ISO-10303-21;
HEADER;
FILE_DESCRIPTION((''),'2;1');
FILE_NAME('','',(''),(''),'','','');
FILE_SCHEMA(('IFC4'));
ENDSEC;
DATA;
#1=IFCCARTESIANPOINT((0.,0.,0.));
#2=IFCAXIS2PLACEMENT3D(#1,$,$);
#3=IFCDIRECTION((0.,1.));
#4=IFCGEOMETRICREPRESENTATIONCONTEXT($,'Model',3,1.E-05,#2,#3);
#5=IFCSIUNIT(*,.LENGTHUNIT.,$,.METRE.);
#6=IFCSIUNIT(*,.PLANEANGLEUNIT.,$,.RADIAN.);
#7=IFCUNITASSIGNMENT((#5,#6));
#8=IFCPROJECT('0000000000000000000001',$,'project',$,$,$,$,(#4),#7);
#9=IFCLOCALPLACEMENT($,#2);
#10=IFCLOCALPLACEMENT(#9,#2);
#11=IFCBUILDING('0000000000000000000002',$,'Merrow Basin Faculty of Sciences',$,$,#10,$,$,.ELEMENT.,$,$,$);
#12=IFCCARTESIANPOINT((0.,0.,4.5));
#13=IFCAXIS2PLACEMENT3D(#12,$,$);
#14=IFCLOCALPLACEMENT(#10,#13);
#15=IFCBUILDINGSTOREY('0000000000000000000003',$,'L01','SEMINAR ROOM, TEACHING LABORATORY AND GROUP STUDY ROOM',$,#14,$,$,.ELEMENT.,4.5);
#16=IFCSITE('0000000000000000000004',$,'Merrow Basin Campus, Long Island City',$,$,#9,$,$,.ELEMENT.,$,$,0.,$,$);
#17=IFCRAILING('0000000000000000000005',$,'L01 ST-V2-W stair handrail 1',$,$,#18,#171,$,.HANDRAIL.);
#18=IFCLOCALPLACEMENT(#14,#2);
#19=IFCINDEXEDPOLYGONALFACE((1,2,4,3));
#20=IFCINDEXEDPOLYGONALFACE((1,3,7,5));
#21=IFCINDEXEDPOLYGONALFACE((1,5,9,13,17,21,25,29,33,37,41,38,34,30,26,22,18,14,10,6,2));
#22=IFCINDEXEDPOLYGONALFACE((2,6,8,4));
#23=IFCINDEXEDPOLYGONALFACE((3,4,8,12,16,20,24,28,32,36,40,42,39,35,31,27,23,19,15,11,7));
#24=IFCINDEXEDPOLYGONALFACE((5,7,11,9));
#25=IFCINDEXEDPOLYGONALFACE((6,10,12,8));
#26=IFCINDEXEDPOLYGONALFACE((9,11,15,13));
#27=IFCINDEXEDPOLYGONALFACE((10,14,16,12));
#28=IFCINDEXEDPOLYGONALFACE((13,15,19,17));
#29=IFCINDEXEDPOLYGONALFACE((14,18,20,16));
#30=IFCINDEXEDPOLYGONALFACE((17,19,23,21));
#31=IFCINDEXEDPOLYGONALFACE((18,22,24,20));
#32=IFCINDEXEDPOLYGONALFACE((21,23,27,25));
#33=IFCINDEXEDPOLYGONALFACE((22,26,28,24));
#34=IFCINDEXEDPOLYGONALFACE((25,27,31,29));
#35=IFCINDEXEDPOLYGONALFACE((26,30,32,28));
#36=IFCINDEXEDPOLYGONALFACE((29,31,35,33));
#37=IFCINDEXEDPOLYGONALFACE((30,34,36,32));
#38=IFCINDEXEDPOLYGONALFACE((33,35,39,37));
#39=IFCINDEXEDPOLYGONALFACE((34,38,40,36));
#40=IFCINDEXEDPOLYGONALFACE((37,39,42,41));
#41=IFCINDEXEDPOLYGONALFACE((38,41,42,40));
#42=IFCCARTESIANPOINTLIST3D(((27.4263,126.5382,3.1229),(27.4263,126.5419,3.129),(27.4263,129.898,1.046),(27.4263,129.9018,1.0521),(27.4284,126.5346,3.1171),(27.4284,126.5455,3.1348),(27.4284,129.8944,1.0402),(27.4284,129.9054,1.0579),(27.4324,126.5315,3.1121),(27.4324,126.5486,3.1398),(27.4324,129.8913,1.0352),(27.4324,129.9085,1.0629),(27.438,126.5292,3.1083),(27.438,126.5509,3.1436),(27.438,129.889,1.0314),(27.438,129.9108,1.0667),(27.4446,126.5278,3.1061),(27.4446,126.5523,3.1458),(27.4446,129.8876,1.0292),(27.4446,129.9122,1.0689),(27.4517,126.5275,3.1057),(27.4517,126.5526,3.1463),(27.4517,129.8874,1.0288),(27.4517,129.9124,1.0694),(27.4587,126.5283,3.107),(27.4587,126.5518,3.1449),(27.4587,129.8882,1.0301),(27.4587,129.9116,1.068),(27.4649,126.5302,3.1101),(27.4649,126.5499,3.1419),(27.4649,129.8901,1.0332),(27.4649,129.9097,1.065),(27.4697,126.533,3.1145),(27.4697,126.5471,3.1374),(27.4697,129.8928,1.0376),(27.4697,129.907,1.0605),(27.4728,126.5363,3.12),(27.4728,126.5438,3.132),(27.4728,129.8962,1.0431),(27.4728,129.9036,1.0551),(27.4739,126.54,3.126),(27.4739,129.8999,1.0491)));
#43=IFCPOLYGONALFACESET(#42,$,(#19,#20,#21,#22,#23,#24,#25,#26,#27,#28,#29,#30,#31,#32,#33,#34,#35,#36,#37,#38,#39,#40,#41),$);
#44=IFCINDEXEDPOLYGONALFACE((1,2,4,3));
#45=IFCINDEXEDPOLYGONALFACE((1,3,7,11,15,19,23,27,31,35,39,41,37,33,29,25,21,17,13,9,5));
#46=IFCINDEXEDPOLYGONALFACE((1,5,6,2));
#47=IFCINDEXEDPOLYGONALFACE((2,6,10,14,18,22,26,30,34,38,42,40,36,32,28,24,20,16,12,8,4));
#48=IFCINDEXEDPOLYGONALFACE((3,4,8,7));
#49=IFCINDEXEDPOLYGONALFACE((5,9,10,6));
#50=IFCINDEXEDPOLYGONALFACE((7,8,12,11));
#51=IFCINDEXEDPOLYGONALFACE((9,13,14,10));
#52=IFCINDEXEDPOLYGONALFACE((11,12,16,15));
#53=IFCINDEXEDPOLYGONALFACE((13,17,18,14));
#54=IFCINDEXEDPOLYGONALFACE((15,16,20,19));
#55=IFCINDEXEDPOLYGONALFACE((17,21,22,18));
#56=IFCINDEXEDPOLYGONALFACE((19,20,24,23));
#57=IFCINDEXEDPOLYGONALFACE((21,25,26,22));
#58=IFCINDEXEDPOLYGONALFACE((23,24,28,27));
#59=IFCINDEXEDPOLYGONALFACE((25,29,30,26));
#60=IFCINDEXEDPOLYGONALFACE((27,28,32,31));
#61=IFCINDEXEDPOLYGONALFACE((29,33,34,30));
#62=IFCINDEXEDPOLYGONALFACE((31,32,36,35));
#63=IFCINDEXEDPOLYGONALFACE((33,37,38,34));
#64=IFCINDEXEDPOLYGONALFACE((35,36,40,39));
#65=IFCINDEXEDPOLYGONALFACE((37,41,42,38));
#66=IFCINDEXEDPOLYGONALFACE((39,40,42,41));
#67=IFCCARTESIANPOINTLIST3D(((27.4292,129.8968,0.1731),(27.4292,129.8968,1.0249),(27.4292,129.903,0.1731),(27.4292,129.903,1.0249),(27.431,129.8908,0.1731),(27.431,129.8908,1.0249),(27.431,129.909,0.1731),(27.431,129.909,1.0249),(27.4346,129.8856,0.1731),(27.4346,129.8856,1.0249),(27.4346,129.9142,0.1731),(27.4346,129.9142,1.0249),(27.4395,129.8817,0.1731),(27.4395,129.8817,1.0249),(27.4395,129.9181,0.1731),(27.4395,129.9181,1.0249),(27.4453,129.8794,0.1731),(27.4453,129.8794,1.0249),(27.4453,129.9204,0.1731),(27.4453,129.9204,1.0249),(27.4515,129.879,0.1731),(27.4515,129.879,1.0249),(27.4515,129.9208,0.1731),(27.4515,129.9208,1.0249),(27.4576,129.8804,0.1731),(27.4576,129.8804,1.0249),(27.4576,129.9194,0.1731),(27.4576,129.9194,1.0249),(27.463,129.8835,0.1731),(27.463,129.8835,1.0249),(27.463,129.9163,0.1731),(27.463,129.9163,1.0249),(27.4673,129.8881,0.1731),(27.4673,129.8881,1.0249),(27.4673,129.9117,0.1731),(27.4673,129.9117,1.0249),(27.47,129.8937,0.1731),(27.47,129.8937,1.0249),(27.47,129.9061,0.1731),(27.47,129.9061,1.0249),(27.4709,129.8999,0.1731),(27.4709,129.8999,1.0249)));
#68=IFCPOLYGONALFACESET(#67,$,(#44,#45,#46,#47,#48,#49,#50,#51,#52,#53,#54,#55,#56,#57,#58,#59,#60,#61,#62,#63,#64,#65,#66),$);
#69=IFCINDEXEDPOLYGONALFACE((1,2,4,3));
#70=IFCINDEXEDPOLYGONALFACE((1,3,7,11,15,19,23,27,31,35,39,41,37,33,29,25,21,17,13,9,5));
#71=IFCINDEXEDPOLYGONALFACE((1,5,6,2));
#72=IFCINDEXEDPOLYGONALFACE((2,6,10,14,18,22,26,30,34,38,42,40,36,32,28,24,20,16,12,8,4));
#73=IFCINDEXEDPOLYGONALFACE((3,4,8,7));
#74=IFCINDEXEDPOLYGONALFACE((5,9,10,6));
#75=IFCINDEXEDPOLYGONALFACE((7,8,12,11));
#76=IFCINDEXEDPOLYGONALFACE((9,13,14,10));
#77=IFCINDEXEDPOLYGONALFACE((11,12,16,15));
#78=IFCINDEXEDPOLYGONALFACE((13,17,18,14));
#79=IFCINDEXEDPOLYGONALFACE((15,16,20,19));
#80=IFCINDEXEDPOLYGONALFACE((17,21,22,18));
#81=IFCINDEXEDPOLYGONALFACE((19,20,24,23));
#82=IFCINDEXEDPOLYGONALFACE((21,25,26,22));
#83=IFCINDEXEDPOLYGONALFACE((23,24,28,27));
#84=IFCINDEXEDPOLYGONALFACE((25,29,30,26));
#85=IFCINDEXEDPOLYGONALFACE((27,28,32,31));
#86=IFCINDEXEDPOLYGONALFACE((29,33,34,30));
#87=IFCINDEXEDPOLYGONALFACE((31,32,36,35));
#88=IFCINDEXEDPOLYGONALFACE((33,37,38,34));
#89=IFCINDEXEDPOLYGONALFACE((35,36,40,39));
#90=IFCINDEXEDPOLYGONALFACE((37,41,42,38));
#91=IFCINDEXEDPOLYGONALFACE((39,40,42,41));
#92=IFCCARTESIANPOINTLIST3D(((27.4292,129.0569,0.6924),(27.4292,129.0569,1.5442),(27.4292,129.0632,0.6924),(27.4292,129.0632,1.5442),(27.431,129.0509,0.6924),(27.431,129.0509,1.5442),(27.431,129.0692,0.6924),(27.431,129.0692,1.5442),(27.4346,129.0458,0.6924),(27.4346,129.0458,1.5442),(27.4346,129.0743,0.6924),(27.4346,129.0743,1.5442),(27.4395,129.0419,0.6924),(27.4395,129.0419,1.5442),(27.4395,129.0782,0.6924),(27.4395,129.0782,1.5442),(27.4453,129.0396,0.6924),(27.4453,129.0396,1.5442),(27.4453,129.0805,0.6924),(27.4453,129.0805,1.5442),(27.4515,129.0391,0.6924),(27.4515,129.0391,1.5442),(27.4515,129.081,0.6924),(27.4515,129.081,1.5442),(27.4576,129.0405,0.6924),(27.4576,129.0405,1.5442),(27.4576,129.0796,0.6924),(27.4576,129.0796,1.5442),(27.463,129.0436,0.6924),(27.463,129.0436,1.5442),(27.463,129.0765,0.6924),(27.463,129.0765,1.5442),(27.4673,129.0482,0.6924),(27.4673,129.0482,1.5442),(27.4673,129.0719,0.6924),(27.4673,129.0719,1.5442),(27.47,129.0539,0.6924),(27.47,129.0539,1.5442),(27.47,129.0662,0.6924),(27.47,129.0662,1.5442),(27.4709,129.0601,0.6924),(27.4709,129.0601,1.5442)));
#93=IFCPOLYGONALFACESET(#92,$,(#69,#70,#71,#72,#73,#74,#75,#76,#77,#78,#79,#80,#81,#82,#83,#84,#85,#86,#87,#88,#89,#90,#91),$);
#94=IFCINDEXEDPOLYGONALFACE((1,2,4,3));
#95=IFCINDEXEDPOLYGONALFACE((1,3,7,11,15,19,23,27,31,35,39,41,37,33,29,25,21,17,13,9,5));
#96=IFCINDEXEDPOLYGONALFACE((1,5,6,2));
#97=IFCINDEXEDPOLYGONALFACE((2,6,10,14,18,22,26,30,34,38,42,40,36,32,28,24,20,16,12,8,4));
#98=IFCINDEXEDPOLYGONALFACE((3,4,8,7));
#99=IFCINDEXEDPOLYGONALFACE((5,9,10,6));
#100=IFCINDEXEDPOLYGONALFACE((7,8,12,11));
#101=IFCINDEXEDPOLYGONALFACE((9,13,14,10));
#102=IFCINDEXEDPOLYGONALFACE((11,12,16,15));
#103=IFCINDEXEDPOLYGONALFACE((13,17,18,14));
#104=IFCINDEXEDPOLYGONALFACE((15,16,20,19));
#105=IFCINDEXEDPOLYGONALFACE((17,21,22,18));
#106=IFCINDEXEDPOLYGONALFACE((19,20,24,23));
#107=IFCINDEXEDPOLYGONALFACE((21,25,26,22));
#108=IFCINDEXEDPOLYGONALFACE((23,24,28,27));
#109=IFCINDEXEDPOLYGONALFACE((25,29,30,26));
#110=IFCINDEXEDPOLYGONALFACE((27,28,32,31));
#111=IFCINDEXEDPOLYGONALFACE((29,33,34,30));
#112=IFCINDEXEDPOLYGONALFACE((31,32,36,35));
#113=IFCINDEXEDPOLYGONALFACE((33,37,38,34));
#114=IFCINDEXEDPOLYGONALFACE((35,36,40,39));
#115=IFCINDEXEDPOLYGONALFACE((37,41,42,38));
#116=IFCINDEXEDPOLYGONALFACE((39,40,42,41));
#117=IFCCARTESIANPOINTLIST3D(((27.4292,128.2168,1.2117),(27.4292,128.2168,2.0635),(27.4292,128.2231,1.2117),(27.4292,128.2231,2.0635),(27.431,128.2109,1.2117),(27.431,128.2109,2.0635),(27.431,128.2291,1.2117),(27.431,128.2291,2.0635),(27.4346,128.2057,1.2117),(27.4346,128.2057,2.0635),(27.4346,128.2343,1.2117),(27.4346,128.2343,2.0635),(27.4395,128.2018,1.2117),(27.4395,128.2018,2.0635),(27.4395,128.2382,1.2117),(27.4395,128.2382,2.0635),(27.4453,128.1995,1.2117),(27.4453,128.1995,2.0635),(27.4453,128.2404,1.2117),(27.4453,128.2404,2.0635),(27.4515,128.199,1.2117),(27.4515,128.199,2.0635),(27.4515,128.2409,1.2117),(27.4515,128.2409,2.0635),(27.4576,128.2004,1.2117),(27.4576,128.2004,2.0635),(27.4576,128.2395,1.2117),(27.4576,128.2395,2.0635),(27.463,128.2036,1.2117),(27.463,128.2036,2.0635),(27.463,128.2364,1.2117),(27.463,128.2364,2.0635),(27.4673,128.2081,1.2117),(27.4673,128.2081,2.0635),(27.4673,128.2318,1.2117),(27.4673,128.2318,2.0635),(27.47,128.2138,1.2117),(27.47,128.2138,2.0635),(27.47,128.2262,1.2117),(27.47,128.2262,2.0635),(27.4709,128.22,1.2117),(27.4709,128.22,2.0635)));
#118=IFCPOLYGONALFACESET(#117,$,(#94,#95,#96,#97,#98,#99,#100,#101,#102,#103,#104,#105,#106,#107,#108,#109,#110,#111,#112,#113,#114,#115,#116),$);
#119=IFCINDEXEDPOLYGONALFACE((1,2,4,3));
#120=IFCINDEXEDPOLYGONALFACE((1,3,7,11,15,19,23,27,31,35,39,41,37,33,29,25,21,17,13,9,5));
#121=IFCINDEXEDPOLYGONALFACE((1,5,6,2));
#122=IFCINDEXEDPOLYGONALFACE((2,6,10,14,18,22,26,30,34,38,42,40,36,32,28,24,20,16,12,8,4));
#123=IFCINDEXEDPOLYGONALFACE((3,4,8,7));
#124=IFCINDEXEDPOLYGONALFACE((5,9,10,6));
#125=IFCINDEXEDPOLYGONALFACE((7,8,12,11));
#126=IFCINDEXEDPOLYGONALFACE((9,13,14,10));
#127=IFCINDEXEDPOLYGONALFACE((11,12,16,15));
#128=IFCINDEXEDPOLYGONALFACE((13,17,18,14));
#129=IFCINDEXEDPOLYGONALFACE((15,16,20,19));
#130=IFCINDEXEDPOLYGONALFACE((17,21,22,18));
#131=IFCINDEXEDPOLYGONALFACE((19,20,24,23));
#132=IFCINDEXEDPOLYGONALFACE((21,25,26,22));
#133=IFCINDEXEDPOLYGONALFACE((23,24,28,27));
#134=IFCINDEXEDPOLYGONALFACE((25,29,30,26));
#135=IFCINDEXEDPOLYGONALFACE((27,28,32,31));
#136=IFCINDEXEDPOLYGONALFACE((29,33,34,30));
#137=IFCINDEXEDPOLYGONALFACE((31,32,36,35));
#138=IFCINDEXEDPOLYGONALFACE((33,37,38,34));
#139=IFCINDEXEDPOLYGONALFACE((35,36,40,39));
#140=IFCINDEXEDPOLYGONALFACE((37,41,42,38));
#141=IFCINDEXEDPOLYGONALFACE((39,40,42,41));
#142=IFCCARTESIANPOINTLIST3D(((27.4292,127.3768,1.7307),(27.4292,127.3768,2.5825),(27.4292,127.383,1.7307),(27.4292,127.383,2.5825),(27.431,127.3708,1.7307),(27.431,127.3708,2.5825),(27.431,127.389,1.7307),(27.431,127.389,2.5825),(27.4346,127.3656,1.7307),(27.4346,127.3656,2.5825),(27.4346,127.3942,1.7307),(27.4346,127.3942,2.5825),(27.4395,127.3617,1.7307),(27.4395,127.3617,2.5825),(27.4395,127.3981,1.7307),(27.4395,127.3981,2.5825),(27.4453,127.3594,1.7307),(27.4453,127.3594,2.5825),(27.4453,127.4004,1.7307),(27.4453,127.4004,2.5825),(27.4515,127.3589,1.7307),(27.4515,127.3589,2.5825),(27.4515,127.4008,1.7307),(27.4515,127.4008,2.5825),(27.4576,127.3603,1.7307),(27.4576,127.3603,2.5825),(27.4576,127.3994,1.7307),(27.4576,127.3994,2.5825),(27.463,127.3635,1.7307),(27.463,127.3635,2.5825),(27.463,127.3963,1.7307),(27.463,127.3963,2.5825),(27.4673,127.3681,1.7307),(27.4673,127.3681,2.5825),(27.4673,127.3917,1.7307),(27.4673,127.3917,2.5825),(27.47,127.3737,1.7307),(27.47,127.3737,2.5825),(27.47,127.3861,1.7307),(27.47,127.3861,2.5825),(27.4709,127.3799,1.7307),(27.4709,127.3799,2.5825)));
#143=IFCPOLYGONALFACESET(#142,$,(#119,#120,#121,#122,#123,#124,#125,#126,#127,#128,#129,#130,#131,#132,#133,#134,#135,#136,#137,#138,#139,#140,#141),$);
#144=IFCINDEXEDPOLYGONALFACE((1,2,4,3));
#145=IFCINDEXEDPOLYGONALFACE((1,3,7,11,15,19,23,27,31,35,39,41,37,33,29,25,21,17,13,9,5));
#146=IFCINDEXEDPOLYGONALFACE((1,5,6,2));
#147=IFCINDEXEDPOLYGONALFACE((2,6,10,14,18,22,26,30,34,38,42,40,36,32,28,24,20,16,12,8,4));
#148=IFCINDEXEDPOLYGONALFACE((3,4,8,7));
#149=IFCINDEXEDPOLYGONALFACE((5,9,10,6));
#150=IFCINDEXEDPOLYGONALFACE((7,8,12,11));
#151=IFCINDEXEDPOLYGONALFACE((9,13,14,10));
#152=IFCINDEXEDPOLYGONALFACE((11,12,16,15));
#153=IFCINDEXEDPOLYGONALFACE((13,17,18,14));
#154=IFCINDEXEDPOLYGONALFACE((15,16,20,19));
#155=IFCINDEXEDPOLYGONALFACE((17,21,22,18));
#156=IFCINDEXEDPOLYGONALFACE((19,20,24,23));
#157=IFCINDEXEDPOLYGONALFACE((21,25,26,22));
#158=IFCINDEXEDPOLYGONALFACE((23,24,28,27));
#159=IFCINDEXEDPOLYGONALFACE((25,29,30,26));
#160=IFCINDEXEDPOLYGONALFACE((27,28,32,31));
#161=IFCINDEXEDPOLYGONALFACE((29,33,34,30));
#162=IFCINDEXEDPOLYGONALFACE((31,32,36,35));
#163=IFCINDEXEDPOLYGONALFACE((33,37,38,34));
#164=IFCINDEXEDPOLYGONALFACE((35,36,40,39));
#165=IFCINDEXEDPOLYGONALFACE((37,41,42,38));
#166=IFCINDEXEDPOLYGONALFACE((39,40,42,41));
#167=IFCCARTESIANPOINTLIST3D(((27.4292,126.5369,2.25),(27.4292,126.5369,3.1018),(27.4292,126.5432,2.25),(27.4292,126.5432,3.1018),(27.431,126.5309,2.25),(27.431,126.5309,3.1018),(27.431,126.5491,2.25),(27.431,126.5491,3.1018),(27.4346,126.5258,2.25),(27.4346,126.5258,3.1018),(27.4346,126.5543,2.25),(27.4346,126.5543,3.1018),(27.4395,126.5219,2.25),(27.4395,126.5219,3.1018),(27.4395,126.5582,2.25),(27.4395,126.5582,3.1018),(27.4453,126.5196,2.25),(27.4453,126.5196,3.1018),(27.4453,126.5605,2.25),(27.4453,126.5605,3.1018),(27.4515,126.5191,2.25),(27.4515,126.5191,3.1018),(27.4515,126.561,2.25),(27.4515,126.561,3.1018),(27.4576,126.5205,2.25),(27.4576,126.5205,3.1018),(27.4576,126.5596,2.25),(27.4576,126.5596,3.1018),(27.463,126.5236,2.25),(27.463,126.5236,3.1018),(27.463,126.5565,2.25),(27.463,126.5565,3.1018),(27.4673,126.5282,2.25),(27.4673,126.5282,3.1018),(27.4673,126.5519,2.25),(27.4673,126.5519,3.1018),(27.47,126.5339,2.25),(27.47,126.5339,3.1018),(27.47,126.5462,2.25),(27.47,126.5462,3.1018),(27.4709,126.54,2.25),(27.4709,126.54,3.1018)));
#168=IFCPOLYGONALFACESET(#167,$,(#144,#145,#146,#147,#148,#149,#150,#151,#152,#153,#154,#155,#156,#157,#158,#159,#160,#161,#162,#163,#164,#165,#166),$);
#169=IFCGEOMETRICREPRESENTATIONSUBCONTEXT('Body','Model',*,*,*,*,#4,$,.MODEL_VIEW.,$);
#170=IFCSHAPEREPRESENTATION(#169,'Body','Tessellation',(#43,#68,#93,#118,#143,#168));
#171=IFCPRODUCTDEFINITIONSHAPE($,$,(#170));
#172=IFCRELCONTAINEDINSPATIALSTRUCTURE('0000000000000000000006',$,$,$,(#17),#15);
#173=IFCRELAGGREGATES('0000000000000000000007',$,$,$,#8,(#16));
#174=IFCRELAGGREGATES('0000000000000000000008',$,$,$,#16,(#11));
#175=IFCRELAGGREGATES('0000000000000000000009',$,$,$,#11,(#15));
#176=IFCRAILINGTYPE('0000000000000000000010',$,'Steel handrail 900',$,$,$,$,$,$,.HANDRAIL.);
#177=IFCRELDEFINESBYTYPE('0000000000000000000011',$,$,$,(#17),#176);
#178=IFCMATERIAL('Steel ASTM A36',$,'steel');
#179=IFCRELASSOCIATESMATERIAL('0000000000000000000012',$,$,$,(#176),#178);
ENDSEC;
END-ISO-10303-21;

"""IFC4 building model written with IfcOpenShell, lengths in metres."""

from ifc_helpers import new_model, si_unit, direction, frame, origin, origin_2d, place, context, subcontext, project, spatial, circle, extrude, material, type_object, element, save


model = new_model("IFC4")

# Units and contexts
model_context = context("Model", 3, precision=1e-05, world=origin(), true_north=direction((0.0, 1.0)))
body_context = subcontext(model_context, "Body", "Model", "MODEL_VIEW")
ifc_project = project(units=[si_unit("LENGTHUNIT", "METRE"), si_unit("PLANEANGLEUNIT", "RADIAN")], contexts=[model_context])

# Site, building, storey
site_placement = place(None, origin())
site = spatial("IfcSite", under=ifc_project, at=site_placement, Name="Merrow Basin Campus, Long Island City", CompositionType="ELEMENT", RefElevation=0.0)
building_placement = place(site_placement, origin())
building = spatial("IfcBuilding", under=site, at=building_placement, Name="Merrow Basin Faculty of Sciences", CompositionType="ELEMENT")
storey_placement = place(building_placement, frame((0.0, 0.0, 4.5)))
storey = spatial("IfcBuildingStorey", under=building, at=storey_placement, Name="L01", Description="SEMINAR ROOM, TEACHING LABORATORY AND GROUP STUDY ROOM", CompositionType="ELEMENT", Elevation=4.5)

# Railing
ifc_material_1 = material(Name="Steel ASTM A36", Category="steel")
railing_type_1 = type_object("IfcRailingType", Name="Steel handrail 900", PredefinedType="HANDRAIL", material=ifc_material_1)
railing_1_placement = place(storey_placement, frame((27.45, 129.8999, 0.1731)))
element("IfcRailing", 1, at=railing_1_placement, inside=storey, type_object=railing_type_1, Name="L01 ST-V2-W stair handrail 1", PredefinedType="HANDRAIL", context=body_context, shape_type="SweptSolid", body=[
    extrude(circle(Radius=0.0239, at=origin_2d()), frame((0.0, 0.0, 0.876), z_axis=(0.0, -0.850606, 0.525803), x_axis=(1.0, 0.0, 0.0)), (0.0, 0.0, 1.0), 3.95),
    extrude(circle(Radius=0.021, at=origin_2d()), origin(), (0.0, 0.0, 1.0), 0.8518),
    extrude(circle(Radius=0.021, at=origin_2d()), frame((0.0, -0.8398, 0.5193)), (0.0, 0.0, 1.0), 0.8518),
    extrude(circle(Radius=0.021, at=origin_2d()), frame((0.0, -1.6799, 1.0386)), (0.0, 0.0, 1.0), 0.8518),
    extrude(circle(Radius=0.021, at=origin_2d()), frame((0.0, -2.52, 1.5576)), (0.0, 0.0, 1.0), 0.8518),
    extrude(circle(Radius=0.021, at=origin_2d()), frame((0.0, -3.3599, 2.0769)), (0.0, 0.0, 1.0), 0.8518),
])

save(model, "model.ifc")
